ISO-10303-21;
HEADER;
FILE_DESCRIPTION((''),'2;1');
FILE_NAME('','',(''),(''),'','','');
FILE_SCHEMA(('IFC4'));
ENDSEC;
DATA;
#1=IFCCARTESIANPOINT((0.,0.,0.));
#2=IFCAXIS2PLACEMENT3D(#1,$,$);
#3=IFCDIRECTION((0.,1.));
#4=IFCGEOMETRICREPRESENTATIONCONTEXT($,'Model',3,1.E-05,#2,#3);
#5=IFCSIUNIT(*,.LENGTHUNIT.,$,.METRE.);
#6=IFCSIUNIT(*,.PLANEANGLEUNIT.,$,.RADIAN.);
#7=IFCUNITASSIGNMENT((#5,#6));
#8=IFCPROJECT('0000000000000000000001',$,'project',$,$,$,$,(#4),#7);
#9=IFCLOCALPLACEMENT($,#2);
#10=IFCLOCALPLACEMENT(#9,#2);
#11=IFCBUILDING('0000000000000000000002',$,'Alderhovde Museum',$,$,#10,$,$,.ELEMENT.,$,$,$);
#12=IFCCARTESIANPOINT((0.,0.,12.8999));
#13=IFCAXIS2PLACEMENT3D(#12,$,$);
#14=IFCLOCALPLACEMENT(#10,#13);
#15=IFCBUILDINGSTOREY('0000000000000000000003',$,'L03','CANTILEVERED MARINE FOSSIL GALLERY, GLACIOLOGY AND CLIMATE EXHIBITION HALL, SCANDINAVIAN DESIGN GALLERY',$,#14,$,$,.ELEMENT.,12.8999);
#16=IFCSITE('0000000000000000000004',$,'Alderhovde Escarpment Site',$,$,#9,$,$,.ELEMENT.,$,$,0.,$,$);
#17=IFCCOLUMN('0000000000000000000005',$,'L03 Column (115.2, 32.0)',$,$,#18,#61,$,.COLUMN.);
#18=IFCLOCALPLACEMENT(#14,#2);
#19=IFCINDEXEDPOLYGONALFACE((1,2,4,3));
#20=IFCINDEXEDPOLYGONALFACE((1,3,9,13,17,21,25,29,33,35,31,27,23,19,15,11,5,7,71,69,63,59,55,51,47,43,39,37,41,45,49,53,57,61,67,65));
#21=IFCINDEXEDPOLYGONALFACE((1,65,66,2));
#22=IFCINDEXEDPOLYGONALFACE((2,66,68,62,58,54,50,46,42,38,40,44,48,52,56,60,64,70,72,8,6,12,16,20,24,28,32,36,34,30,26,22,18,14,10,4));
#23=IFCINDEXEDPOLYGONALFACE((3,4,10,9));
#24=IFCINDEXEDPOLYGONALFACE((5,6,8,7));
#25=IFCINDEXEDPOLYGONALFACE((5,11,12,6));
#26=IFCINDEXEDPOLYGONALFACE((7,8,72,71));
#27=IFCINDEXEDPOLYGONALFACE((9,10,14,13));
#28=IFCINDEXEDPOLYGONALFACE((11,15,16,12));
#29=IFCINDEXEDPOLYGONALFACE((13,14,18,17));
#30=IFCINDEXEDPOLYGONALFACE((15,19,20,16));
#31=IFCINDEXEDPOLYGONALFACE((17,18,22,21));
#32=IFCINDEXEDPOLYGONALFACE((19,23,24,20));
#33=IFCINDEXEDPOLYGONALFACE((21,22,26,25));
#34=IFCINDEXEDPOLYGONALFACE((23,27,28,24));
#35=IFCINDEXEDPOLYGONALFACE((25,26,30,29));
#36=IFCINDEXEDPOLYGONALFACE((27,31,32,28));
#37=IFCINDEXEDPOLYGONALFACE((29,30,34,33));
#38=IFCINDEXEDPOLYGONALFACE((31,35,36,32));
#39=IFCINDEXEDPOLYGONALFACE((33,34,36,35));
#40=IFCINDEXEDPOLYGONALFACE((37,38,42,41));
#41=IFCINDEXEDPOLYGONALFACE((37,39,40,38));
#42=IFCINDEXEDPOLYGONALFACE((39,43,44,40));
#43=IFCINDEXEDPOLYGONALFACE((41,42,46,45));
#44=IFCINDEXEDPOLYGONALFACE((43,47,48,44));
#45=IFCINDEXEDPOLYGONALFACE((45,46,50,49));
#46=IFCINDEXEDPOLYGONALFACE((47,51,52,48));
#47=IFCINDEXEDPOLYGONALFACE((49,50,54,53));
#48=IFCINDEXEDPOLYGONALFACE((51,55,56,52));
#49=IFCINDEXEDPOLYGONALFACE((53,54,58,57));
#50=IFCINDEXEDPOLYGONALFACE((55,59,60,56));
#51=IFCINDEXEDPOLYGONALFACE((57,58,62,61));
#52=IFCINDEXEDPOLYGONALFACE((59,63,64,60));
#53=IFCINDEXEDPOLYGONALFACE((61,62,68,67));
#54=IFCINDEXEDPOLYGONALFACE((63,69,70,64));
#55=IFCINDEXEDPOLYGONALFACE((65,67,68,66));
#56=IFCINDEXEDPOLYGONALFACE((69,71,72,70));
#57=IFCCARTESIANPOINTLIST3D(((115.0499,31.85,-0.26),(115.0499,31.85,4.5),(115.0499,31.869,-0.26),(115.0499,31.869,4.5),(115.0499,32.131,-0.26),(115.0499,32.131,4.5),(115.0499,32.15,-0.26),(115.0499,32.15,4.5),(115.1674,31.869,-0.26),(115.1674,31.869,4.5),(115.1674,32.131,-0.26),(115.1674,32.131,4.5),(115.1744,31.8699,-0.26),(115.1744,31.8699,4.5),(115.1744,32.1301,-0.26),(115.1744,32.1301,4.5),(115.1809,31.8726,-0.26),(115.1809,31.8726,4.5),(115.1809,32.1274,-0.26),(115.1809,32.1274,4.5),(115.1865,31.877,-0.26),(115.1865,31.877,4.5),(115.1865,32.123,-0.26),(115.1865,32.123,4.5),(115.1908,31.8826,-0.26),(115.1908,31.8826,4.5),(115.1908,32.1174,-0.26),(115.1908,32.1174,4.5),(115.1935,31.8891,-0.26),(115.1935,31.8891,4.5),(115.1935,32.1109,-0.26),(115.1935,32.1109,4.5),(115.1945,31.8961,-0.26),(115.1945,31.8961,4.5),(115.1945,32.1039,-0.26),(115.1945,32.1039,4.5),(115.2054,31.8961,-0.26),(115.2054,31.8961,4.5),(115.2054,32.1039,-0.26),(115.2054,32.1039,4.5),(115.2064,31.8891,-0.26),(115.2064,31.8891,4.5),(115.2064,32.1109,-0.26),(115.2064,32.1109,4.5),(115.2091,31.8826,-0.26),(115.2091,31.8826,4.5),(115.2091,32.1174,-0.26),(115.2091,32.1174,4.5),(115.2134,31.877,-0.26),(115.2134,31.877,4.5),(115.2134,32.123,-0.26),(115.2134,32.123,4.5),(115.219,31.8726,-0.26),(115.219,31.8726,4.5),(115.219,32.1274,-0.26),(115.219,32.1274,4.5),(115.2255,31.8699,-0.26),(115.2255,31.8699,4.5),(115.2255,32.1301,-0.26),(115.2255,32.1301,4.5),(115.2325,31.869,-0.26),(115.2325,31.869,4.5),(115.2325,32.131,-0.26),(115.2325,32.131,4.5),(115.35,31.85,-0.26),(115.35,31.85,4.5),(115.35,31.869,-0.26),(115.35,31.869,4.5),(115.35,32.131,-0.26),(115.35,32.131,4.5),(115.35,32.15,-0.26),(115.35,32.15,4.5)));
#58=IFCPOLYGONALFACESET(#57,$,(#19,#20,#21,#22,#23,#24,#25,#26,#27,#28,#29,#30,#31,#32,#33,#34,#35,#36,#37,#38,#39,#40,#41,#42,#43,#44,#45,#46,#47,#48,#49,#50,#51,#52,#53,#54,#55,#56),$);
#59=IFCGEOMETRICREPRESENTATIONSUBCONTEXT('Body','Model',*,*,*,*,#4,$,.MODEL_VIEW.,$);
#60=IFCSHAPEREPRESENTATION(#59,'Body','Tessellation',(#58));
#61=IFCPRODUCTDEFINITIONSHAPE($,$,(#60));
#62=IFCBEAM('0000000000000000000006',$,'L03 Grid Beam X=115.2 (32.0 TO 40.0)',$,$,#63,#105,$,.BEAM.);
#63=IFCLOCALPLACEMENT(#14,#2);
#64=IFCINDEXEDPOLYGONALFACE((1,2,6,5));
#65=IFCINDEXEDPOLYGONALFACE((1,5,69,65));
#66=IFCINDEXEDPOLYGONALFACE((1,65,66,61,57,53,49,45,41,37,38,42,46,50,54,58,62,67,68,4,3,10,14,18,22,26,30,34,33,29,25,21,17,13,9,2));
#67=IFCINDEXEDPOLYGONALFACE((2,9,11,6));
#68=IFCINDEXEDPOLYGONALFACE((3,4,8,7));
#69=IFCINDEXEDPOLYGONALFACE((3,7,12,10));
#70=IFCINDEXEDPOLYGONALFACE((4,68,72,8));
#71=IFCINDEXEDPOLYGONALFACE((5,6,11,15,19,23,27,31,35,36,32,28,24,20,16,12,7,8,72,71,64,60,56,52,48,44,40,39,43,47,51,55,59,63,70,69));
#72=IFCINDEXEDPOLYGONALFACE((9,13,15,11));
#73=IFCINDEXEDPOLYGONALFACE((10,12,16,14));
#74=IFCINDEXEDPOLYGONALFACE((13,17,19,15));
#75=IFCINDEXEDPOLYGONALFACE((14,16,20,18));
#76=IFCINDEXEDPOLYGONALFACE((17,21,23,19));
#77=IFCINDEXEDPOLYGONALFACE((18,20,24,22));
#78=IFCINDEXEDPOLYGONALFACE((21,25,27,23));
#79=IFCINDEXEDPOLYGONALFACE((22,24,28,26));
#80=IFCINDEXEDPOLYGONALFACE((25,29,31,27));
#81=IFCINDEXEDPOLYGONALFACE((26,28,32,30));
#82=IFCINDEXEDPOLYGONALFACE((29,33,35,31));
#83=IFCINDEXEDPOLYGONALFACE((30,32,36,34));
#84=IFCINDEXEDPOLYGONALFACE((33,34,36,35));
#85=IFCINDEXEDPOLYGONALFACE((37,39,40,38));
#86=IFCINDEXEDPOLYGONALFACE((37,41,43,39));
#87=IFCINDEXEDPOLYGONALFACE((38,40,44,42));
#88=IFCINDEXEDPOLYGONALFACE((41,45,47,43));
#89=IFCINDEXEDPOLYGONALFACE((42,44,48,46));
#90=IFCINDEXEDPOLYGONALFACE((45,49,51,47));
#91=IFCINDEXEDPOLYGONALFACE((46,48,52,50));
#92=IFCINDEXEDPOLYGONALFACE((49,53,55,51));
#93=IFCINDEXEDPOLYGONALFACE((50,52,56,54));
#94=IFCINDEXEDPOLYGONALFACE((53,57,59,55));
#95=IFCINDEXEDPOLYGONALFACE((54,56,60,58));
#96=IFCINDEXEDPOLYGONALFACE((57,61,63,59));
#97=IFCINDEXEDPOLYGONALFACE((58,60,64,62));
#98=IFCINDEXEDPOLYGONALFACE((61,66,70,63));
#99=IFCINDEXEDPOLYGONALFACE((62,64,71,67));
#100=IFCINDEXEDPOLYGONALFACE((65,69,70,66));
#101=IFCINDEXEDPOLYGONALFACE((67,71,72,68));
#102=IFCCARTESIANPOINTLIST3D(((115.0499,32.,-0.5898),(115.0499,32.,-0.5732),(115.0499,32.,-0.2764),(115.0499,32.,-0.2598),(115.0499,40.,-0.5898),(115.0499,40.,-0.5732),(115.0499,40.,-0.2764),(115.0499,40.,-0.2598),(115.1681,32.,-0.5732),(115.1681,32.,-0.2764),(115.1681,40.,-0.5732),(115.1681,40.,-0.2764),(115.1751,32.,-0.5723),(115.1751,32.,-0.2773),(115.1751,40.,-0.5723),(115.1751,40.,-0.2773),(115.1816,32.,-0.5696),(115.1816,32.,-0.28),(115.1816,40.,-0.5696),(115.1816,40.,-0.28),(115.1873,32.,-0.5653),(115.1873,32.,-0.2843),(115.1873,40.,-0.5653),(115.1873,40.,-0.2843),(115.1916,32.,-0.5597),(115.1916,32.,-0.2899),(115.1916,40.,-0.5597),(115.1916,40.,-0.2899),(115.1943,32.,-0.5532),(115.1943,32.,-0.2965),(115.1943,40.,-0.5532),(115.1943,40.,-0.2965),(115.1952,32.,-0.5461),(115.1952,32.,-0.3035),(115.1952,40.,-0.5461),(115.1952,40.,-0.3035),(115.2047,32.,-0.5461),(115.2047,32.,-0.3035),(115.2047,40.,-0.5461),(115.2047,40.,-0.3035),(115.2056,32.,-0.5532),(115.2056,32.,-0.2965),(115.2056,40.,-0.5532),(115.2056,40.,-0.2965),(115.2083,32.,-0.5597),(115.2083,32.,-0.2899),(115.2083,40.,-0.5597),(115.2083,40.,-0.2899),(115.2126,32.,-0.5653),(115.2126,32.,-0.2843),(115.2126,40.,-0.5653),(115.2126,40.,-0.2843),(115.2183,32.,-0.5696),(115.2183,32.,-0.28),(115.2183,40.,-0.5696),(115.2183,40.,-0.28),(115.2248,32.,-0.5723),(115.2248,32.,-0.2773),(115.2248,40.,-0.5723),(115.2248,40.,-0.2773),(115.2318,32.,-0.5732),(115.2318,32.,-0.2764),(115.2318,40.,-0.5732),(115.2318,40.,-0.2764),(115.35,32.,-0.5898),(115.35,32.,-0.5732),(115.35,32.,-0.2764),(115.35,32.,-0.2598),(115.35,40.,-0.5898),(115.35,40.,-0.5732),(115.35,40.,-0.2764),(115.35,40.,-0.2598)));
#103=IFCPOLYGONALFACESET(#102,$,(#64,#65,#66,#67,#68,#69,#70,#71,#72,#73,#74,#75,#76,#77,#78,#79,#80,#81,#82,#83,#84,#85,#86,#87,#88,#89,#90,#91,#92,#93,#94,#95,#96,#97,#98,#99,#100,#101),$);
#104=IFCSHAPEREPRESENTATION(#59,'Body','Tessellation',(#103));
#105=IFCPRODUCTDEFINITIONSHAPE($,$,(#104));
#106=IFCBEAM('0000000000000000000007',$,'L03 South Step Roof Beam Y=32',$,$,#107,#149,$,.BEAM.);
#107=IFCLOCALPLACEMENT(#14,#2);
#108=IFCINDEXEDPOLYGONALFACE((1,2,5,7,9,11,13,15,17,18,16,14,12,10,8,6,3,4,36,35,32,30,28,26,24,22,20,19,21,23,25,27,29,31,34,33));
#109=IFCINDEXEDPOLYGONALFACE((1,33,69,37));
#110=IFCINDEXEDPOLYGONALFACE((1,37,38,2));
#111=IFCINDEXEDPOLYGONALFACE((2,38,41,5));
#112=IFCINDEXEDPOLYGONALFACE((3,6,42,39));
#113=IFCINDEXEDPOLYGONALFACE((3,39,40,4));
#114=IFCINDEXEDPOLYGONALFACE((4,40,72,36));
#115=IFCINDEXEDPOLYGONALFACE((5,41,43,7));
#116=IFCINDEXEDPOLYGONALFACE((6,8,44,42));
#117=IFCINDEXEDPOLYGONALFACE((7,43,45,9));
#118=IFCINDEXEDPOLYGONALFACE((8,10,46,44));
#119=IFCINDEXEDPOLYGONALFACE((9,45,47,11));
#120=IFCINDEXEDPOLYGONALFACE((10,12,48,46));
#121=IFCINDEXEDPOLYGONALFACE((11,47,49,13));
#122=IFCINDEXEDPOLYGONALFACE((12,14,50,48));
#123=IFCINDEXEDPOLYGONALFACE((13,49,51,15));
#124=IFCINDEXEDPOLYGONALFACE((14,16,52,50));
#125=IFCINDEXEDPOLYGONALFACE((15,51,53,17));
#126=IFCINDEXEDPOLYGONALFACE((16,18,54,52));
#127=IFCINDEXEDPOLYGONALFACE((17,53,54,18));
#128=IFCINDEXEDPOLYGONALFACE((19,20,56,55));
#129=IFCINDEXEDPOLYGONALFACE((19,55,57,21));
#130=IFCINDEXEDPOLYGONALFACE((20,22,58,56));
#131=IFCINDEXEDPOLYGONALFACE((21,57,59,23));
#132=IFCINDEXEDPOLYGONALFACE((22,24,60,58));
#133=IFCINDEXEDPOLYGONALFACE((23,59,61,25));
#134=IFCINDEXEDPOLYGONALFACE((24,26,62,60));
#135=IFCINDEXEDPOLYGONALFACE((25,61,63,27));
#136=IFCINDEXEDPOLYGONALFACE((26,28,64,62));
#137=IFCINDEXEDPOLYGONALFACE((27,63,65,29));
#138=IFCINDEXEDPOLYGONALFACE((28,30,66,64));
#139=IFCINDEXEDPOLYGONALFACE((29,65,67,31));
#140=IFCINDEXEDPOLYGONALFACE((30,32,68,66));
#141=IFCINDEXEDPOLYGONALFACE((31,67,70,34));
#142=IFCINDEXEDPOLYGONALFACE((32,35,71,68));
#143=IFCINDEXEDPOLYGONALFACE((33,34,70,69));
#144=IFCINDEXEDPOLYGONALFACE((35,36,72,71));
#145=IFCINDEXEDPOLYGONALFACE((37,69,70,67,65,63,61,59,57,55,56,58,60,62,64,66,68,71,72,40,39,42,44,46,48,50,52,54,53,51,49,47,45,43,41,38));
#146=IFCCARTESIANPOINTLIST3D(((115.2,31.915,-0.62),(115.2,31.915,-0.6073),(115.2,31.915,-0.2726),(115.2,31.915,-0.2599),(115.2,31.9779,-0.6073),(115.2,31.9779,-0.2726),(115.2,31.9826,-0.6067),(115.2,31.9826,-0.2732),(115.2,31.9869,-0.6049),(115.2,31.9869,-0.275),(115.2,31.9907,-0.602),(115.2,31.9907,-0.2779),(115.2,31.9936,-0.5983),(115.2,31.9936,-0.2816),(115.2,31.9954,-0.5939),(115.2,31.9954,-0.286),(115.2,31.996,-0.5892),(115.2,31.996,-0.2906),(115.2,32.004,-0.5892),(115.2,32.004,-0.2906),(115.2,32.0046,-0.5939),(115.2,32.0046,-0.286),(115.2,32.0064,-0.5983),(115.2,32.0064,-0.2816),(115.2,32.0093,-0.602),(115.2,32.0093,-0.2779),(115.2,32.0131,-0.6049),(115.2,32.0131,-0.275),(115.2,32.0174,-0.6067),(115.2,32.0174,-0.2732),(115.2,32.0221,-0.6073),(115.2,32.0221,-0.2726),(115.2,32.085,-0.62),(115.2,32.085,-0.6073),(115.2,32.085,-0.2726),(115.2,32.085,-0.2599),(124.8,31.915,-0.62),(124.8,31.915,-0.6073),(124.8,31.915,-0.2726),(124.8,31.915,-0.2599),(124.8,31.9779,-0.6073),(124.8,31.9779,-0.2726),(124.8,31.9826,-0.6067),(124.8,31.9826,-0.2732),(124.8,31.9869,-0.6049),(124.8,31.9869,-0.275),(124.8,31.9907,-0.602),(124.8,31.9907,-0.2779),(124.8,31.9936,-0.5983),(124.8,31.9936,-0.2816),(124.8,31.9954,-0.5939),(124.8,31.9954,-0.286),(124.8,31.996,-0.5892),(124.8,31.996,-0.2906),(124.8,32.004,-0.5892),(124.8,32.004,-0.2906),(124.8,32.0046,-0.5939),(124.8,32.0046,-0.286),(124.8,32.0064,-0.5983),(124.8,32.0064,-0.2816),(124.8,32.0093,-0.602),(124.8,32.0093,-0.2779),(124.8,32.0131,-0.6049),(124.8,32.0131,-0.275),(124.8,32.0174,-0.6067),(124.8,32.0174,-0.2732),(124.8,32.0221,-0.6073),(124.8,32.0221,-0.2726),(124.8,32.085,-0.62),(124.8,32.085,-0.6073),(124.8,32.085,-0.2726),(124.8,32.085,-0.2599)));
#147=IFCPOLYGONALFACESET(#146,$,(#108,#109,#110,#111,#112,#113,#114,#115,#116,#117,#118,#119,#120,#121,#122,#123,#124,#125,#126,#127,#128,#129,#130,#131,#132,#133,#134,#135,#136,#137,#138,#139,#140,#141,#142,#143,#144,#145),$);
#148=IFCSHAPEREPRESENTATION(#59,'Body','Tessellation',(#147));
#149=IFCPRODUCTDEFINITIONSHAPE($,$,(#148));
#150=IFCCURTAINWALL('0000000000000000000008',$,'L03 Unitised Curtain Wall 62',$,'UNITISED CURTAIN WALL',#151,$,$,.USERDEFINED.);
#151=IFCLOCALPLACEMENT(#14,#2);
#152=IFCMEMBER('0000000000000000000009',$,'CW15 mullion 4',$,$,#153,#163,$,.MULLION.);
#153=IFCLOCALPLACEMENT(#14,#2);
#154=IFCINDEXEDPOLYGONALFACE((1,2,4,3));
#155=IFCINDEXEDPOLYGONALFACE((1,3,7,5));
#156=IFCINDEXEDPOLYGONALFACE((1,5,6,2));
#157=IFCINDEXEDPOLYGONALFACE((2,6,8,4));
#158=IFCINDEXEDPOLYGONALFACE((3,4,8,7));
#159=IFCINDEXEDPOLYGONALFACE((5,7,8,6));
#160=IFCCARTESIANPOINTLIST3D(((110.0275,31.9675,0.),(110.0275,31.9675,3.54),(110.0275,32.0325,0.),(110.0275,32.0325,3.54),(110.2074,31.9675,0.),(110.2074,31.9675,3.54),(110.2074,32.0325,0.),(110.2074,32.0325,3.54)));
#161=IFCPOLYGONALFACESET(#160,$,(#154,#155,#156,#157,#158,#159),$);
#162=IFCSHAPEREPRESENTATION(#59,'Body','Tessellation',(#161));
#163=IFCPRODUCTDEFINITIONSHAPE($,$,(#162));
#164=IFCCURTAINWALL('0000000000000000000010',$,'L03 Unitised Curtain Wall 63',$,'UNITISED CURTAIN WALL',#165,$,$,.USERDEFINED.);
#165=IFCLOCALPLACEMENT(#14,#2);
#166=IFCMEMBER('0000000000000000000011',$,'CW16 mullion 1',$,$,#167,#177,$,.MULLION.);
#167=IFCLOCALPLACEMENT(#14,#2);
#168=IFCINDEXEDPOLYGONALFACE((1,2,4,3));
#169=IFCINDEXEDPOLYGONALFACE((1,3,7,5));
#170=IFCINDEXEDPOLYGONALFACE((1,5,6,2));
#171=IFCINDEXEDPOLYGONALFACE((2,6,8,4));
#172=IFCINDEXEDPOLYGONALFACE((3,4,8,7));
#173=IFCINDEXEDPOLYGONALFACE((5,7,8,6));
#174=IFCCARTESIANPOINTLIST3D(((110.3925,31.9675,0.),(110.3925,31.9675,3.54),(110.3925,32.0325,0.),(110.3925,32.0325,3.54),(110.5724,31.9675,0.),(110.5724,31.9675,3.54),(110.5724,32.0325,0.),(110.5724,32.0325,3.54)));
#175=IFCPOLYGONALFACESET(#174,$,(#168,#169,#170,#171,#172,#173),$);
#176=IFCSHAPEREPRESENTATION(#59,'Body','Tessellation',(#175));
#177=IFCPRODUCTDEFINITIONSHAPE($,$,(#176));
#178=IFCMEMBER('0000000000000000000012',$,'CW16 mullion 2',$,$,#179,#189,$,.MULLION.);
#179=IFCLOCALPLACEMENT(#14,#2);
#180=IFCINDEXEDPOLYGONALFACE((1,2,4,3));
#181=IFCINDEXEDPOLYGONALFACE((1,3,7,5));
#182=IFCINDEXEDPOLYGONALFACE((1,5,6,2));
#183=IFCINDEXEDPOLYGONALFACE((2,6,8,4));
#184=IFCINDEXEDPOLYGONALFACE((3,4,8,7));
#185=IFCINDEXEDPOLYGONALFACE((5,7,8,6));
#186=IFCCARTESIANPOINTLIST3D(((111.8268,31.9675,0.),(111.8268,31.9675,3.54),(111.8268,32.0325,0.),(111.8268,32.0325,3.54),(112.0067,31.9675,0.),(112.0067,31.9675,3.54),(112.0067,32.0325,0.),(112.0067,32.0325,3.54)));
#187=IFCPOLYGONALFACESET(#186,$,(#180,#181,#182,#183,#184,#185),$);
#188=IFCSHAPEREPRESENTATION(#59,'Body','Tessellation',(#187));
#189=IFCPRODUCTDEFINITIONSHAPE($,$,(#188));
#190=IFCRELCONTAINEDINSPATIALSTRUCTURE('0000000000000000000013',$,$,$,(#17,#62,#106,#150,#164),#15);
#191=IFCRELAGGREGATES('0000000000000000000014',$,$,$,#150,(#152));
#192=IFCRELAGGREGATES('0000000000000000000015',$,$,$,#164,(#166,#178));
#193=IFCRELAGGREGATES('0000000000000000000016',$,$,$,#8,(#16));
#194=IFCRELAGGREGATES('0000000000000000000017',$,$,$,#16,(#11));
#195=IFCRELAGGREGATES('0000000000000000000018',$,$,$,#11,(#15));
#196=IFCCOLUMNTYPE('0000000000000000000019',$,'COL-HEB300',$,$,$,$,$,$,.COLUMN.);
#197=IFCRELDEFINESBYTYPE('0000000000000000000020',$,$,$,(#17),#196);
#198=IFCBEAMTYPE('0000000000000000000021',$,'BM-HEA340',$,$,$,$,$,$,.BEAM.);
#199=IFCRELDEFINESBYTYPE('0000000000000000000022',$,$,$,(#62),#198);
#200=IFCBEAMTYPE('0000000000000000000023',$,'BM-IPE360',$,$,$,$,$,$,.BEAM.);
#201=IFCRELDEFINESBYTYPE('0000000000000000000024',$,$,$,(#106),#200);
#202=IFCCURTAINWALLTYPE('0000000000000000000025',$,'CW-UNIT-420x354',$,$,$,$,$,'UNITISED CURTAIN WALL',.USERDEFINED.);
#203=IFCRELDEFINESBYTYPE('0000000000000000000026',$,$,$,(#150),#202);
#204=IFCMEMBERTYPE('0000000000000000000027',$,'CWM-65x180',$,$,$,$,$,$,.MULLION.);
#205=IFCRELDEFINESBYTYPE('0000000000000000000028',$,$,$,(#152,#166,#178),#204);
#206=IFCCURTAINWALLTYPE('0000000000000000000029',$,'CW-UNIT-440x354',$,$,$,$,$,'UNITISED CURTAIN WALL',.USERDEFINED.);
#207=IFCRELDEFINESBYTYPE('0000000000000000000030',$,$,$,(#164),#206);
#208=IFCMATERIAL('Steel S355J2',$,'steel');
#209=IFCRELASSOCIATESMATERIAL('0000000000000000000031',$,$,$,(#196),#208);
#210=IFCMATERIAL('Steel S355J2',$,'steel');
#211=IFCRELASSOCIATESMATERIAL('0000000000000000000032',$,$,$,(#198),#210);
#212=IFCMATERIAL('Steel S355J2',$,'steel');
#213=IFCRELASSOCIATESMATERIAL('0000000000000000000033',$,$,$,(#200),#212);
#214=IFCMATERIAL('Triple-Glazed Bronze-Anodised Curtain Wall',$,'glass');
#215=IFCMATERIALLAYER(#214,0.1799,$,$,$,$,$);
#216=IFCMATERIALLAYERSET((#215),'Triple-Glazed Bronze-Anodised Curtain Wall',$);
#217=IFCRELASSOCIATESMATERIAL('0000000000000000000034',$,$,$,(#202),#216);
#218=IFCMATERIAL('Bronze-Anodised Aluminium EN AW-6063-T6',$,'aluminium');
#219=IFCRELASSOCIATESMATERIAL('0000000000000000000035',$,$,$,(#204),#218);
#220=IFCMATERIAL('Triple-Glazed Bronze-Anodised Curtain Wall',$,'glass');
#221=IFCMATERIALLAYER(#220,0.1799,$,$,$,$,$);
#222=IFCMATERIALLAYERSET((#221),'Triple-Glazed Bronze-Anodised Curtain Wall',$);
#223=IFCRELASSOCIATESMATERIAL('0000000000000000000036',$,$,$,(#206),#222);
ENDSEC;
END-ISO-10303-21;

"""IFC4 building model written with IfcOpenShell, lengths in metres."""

from ifc_helpers import new_model, si_unit, direction, frame, origin, origin_2d, place, context, subcontext, project, spatial, rectangle, i_section, extrude, material, layer, layer_set, material_profile, profile_set, type_object, element, aggregate, save


model = new_model("IFC4")

# Units and contexts
model_context = context("Model", 3, precision=1e-05, world=origin(), true_north=direction((0.0, 1.0)))
body_context = subcontext(model_context, "Body", "Model", "MODEL_VIEW")
ifc_project = project(units=[si_unit("LENGTHUNIT", "METRE"), si_unit("PLANEANGLEUNIT", "RADIAN")], contexts=[model_context])

# Site, building, storey
site_placement = place(None, origin())
site = spatial("IfcSite", under=ifc_project, at=site_placement, Name="Alderhovde Escarpment Site", CompositionType="ELEMENT", RefElevation=0.0)
building_placement = place(site_placement, origin())
building = spatial("IfcBuilding", under=site, at=building_placement, Name="Alderhovde Museum", CompositionType="ELEMENT")
storey_placement = place(building_placement, frame((0.0, 0.0, 12.8999)))
storey = spatial("IfcBuildingStorey", under=building, at=storey_placement, Name="L03", Description="CANTILEVERED MARINE FOSSIL GALLERY, GLACIOLOGY AND CLIMATE EXHIBITION HALL, SCANDINAVIAN DESIGN GALLERY", CompositionType="ELEMENT", Elevation=12.8999)

# Column
ifc_material_1 = material(Name="Steel S355J2", Category="steel")
ifc_material_profile_1 = material_profile(ifc_material_1, i_section(OverallWidth=0.3, OverallDepth=0.3, WebThickness=0.011, FlangeThickness=0.019, FilletRadius=0.0271, at=origin_2d()), Name="HEB 300")
ifc_profile_set_1 = profile_set([ifc_material_profile_1], Name="Steel S355J2")
column_type = type_object("IfcColumnType", Name="COL-HEB300", PredefinedType="COLUMN", material=ifc_profile_set_1)
column_placement = place(storey_placement, frame((115.2, 32.0, -0.26), z_axis=(0.0, 0.0, 1.0), x_axis=(1.0, 0.0, 0.0)))
element("IfcColumn", 1, at=column_placement, inside=storey, type_object=column_type, Name="L03 Column (115.2, 32.0)", PredefinedType="COLUMN", context=body_context, shape_type="SweptSolid", body=[
    extrude(i_section(OverallWidth=0.3, OverallDepth=0.3, WebThickness=0.011, FlangeThickness=0.019, FilletRadius=0.0271, at=origin_2d()), origin(), (0.0, 0.0, 1.0), 4.76),
])

# Beams
ifc_material_2 = material(Name="Steel S355J2", Category="steel")
ifc_material_profile_2 = material_profile(ifc_material_2, i_section(OverallWidth=0.3, OverallDepth=0.3301, WebThickness=0.0095, FlangeThickness=0.0166, FilletRadius=0.0271, at=origin_2d()), Name="HEA 340")
ifc_profile_set_2 = profile_set([ifc_material_profile_2], Name="Steel S355J2")
beam_type_1 = type_object("IfcBeamType", Name="BM-HEA340", PredefinedType="BEAM", material=ifc_profile_set_2)
beam_1_placement = place(storey_placement, frame((115.2, 32.0, -0.4248), z_axis=(0.0, 1.0, 0.0), x_axis=(-1.0, 0.0, 0.0)))
element("IfcBeam", 2, at=beam_1_placement, inside=storey, type_object=beam_type_1, Name="L03 Grid Beam X=115.2 (32.0 TO 40.0)", PredefinedType="BEAM", context=body_context, shape_type="SweptSolid", body=[
    extrude(i_section(OverallWidth=0.3, OverallDepth=0.3301, WebThickness=0.0095, FlangeThickness=0.0166, FilletRadius=0.0271, at=origin_2d()), origin(), (0.0, 0.0, 1.0), 8.0),
])
ifc_material_3 = material(Name="Steel S355J2", Category="steel")
ifc_material_profile_3 = material_profile(ifc_material_3, i_section(OverallWidth=0.1699, OverallDepth=0.3601, WebThickness=0.0081, FlangeThickness=0.0127, FilletRadius=0.0181, at=origin_2d()), Name="IPE 360")
ifc_profile_set_3 = profile_set([ifc_material_profile_3], Name="Steel S355J2")
beam_type_2 = type_object("IfcBeamType", Name="BM-IPE360", PredefinedType="BEAM", material=ifc_profile_set_3)
beam_2_placement = place(storey_placement, frame((115.2, 32.0, -0.4399), z_axis=(1.0, 0.0, 0.0), x_axis=(0.0, 1.0, 0.0)))
element("IfcBeam", 3, at=beam_2_placement, inside=storey, type_object=beam_type_2, Name="L03 South Step Roof Beam Y=32", PredefinedType="BEAM", context=body_context, shape_type="SweptSolid", body=[
    extrude(i_section(OverallWidth=0.1699, OverallDepth=0.3601, WebThickness=0.0081, FlangeThickness=0.0127, FilletRadius=0.0181, at=origin_2d()), origin(), (0.0, 0.0, 1.0), 9.6001),
])

# Curtain wall, member
ifc_material_4 = material(Name="Triple-Glazed Bronze-Anodised Curtain Wall", Category="glass")
ifc_layer_1 = layer(ifc_material_4, 0.1799)
ifc_layer_set_1 = layer_set([ifc_layer_1], Name="Triple-Glazed Bronze-Anodised Curtain Wall")
curtain_wall_type_1 = type_object("IfcCurtainWallType", Name="CW-UNIT-420x354", ElementType="UNITISED CURTAIN WALL", PredefinedType="USERDEFINED", material=ifc_layer_set_1)
curtain_wall_1_placement = place(storey_placement, origin())
curtain_wall_1 = element("IfcCurtainWall", 4, at=curtain_wall_1_placement, inside=storey, type_object=curtain_wall_type_1, Name="L03 Unitised Curtain Wall 62", ObjectType="UNITISED CURTAIN WALL", PredefinedType="USERDEFINED")
ifc_material_5 = material(Name="Bronze-Anodised Aluminium EN AW-6063-T6", Category="aluminium")
ifc_material_profile_4 = material_profile(ifc_material_5, rectangle(XDim=0.0649, YDim=0.1799, at=origin_2d()), Name="MULLION 65x180")
ifc_profile_set_4 = profile_set([ifc_material_profile_4], Name="Bronze-Anodised Aluminium EN AW-6063-T6")
member_type_1 = type_object("IfcMemberType", Name="CWM-65x180", PredefinedType="MULLION", material=ifc_profile_set_4)
member_1_placement = place(storey_placement, frame((110.1174, 32.0, 0.0), z_axis=(0.0, 0.0, 1.0), x_axis=(0.0, 1.0, 0.0)))
member_1 = element("IfcMember", 5, at=member_1_placement, type_object=member_type_1, Name="CW15 mullion 4", PredefinedType="MULLION", context=body_context, shape_type="SweptSolid", body=[
    extrude(rectangle(XDim=0.0649, YDim=0.1799, at=origin_2d()), origin(), (0.0, 0.0, 1.0), 3.54),
])

# Curtain wall, members
ifc_material_6 = material(Name="Triple-Glazed Bronze-Anodised Curtain Wall", Category="glass")
ifc_layer_2 = layer(ifc_material_6, 0.1799)
ifc_layer_set_2 = layer_set([ifc_layer_2], Name="Triple-Glazed Bronze-Anodised Curtain Wall")
curtain_wall_type_2 = type_object("IfcCurtainWallType", Name="CW-UNIT-440x354", ElementType="UNITISED CURTAIN WALL", PredefinedType="USERDEFINED", material=ifc_layer_set_2)
curtain_wall_2_placement = place(storey_placement, origin())
curtain_wall_2 = element("IfcCurtainWall", 6, at=curtain_wall_2_placement, inside=storey, type_object=curtain_wall_type_2, Name="L03 Unitised Curtain Wall 63", ObjectType="UNITISED CURTAIN WALL", PredefinedType="USERDEFINED")
member_2_placement = place(storey_placement, frame((110.4824, 32.0, 0.0), z_axis=(0.0, 0.0, 1.0), x_axis=(0.0, 1.0, 0.0)))
member_2 = element("IfcMember", 7, at=member_2_placement, type_object=member_type_1, Name="CW16 mullion 1", PredefinedType="MULLION", context=body_context, shape_type="SweptSolid", body=[
    extrude(rectangle(XDim=0.0649, YDim=0.1799, at=origin_2d()), origin(), (0.0, 0.0, 1.0), 3.54),
])
member_3_placement = place(storey_placement, frame((111.9167, 32.0, 0.0), z_axis=(0.0, 0.0, 1.0), x_axis=(0.0, 1.0, 0.0)))
member_3 = element("IfcMember", 8, at=member_3_placement, type_object=member_type_1, Name="CW16 mullion 2", PredefinedType="MULLION", context=body_context, shape_type="SweptSolid", body=[
    extrude(rectangle(XDim=0.0649, YDim=0.1799, at=origin_2d()), origin(), (0.0, 0.0, 1.0), 3.54),
])

aggregate(curtain_wall_1, [member_1])
aggregate(curtain_wall_2, [member_2, member_3])

save(model, "model.ifc")
